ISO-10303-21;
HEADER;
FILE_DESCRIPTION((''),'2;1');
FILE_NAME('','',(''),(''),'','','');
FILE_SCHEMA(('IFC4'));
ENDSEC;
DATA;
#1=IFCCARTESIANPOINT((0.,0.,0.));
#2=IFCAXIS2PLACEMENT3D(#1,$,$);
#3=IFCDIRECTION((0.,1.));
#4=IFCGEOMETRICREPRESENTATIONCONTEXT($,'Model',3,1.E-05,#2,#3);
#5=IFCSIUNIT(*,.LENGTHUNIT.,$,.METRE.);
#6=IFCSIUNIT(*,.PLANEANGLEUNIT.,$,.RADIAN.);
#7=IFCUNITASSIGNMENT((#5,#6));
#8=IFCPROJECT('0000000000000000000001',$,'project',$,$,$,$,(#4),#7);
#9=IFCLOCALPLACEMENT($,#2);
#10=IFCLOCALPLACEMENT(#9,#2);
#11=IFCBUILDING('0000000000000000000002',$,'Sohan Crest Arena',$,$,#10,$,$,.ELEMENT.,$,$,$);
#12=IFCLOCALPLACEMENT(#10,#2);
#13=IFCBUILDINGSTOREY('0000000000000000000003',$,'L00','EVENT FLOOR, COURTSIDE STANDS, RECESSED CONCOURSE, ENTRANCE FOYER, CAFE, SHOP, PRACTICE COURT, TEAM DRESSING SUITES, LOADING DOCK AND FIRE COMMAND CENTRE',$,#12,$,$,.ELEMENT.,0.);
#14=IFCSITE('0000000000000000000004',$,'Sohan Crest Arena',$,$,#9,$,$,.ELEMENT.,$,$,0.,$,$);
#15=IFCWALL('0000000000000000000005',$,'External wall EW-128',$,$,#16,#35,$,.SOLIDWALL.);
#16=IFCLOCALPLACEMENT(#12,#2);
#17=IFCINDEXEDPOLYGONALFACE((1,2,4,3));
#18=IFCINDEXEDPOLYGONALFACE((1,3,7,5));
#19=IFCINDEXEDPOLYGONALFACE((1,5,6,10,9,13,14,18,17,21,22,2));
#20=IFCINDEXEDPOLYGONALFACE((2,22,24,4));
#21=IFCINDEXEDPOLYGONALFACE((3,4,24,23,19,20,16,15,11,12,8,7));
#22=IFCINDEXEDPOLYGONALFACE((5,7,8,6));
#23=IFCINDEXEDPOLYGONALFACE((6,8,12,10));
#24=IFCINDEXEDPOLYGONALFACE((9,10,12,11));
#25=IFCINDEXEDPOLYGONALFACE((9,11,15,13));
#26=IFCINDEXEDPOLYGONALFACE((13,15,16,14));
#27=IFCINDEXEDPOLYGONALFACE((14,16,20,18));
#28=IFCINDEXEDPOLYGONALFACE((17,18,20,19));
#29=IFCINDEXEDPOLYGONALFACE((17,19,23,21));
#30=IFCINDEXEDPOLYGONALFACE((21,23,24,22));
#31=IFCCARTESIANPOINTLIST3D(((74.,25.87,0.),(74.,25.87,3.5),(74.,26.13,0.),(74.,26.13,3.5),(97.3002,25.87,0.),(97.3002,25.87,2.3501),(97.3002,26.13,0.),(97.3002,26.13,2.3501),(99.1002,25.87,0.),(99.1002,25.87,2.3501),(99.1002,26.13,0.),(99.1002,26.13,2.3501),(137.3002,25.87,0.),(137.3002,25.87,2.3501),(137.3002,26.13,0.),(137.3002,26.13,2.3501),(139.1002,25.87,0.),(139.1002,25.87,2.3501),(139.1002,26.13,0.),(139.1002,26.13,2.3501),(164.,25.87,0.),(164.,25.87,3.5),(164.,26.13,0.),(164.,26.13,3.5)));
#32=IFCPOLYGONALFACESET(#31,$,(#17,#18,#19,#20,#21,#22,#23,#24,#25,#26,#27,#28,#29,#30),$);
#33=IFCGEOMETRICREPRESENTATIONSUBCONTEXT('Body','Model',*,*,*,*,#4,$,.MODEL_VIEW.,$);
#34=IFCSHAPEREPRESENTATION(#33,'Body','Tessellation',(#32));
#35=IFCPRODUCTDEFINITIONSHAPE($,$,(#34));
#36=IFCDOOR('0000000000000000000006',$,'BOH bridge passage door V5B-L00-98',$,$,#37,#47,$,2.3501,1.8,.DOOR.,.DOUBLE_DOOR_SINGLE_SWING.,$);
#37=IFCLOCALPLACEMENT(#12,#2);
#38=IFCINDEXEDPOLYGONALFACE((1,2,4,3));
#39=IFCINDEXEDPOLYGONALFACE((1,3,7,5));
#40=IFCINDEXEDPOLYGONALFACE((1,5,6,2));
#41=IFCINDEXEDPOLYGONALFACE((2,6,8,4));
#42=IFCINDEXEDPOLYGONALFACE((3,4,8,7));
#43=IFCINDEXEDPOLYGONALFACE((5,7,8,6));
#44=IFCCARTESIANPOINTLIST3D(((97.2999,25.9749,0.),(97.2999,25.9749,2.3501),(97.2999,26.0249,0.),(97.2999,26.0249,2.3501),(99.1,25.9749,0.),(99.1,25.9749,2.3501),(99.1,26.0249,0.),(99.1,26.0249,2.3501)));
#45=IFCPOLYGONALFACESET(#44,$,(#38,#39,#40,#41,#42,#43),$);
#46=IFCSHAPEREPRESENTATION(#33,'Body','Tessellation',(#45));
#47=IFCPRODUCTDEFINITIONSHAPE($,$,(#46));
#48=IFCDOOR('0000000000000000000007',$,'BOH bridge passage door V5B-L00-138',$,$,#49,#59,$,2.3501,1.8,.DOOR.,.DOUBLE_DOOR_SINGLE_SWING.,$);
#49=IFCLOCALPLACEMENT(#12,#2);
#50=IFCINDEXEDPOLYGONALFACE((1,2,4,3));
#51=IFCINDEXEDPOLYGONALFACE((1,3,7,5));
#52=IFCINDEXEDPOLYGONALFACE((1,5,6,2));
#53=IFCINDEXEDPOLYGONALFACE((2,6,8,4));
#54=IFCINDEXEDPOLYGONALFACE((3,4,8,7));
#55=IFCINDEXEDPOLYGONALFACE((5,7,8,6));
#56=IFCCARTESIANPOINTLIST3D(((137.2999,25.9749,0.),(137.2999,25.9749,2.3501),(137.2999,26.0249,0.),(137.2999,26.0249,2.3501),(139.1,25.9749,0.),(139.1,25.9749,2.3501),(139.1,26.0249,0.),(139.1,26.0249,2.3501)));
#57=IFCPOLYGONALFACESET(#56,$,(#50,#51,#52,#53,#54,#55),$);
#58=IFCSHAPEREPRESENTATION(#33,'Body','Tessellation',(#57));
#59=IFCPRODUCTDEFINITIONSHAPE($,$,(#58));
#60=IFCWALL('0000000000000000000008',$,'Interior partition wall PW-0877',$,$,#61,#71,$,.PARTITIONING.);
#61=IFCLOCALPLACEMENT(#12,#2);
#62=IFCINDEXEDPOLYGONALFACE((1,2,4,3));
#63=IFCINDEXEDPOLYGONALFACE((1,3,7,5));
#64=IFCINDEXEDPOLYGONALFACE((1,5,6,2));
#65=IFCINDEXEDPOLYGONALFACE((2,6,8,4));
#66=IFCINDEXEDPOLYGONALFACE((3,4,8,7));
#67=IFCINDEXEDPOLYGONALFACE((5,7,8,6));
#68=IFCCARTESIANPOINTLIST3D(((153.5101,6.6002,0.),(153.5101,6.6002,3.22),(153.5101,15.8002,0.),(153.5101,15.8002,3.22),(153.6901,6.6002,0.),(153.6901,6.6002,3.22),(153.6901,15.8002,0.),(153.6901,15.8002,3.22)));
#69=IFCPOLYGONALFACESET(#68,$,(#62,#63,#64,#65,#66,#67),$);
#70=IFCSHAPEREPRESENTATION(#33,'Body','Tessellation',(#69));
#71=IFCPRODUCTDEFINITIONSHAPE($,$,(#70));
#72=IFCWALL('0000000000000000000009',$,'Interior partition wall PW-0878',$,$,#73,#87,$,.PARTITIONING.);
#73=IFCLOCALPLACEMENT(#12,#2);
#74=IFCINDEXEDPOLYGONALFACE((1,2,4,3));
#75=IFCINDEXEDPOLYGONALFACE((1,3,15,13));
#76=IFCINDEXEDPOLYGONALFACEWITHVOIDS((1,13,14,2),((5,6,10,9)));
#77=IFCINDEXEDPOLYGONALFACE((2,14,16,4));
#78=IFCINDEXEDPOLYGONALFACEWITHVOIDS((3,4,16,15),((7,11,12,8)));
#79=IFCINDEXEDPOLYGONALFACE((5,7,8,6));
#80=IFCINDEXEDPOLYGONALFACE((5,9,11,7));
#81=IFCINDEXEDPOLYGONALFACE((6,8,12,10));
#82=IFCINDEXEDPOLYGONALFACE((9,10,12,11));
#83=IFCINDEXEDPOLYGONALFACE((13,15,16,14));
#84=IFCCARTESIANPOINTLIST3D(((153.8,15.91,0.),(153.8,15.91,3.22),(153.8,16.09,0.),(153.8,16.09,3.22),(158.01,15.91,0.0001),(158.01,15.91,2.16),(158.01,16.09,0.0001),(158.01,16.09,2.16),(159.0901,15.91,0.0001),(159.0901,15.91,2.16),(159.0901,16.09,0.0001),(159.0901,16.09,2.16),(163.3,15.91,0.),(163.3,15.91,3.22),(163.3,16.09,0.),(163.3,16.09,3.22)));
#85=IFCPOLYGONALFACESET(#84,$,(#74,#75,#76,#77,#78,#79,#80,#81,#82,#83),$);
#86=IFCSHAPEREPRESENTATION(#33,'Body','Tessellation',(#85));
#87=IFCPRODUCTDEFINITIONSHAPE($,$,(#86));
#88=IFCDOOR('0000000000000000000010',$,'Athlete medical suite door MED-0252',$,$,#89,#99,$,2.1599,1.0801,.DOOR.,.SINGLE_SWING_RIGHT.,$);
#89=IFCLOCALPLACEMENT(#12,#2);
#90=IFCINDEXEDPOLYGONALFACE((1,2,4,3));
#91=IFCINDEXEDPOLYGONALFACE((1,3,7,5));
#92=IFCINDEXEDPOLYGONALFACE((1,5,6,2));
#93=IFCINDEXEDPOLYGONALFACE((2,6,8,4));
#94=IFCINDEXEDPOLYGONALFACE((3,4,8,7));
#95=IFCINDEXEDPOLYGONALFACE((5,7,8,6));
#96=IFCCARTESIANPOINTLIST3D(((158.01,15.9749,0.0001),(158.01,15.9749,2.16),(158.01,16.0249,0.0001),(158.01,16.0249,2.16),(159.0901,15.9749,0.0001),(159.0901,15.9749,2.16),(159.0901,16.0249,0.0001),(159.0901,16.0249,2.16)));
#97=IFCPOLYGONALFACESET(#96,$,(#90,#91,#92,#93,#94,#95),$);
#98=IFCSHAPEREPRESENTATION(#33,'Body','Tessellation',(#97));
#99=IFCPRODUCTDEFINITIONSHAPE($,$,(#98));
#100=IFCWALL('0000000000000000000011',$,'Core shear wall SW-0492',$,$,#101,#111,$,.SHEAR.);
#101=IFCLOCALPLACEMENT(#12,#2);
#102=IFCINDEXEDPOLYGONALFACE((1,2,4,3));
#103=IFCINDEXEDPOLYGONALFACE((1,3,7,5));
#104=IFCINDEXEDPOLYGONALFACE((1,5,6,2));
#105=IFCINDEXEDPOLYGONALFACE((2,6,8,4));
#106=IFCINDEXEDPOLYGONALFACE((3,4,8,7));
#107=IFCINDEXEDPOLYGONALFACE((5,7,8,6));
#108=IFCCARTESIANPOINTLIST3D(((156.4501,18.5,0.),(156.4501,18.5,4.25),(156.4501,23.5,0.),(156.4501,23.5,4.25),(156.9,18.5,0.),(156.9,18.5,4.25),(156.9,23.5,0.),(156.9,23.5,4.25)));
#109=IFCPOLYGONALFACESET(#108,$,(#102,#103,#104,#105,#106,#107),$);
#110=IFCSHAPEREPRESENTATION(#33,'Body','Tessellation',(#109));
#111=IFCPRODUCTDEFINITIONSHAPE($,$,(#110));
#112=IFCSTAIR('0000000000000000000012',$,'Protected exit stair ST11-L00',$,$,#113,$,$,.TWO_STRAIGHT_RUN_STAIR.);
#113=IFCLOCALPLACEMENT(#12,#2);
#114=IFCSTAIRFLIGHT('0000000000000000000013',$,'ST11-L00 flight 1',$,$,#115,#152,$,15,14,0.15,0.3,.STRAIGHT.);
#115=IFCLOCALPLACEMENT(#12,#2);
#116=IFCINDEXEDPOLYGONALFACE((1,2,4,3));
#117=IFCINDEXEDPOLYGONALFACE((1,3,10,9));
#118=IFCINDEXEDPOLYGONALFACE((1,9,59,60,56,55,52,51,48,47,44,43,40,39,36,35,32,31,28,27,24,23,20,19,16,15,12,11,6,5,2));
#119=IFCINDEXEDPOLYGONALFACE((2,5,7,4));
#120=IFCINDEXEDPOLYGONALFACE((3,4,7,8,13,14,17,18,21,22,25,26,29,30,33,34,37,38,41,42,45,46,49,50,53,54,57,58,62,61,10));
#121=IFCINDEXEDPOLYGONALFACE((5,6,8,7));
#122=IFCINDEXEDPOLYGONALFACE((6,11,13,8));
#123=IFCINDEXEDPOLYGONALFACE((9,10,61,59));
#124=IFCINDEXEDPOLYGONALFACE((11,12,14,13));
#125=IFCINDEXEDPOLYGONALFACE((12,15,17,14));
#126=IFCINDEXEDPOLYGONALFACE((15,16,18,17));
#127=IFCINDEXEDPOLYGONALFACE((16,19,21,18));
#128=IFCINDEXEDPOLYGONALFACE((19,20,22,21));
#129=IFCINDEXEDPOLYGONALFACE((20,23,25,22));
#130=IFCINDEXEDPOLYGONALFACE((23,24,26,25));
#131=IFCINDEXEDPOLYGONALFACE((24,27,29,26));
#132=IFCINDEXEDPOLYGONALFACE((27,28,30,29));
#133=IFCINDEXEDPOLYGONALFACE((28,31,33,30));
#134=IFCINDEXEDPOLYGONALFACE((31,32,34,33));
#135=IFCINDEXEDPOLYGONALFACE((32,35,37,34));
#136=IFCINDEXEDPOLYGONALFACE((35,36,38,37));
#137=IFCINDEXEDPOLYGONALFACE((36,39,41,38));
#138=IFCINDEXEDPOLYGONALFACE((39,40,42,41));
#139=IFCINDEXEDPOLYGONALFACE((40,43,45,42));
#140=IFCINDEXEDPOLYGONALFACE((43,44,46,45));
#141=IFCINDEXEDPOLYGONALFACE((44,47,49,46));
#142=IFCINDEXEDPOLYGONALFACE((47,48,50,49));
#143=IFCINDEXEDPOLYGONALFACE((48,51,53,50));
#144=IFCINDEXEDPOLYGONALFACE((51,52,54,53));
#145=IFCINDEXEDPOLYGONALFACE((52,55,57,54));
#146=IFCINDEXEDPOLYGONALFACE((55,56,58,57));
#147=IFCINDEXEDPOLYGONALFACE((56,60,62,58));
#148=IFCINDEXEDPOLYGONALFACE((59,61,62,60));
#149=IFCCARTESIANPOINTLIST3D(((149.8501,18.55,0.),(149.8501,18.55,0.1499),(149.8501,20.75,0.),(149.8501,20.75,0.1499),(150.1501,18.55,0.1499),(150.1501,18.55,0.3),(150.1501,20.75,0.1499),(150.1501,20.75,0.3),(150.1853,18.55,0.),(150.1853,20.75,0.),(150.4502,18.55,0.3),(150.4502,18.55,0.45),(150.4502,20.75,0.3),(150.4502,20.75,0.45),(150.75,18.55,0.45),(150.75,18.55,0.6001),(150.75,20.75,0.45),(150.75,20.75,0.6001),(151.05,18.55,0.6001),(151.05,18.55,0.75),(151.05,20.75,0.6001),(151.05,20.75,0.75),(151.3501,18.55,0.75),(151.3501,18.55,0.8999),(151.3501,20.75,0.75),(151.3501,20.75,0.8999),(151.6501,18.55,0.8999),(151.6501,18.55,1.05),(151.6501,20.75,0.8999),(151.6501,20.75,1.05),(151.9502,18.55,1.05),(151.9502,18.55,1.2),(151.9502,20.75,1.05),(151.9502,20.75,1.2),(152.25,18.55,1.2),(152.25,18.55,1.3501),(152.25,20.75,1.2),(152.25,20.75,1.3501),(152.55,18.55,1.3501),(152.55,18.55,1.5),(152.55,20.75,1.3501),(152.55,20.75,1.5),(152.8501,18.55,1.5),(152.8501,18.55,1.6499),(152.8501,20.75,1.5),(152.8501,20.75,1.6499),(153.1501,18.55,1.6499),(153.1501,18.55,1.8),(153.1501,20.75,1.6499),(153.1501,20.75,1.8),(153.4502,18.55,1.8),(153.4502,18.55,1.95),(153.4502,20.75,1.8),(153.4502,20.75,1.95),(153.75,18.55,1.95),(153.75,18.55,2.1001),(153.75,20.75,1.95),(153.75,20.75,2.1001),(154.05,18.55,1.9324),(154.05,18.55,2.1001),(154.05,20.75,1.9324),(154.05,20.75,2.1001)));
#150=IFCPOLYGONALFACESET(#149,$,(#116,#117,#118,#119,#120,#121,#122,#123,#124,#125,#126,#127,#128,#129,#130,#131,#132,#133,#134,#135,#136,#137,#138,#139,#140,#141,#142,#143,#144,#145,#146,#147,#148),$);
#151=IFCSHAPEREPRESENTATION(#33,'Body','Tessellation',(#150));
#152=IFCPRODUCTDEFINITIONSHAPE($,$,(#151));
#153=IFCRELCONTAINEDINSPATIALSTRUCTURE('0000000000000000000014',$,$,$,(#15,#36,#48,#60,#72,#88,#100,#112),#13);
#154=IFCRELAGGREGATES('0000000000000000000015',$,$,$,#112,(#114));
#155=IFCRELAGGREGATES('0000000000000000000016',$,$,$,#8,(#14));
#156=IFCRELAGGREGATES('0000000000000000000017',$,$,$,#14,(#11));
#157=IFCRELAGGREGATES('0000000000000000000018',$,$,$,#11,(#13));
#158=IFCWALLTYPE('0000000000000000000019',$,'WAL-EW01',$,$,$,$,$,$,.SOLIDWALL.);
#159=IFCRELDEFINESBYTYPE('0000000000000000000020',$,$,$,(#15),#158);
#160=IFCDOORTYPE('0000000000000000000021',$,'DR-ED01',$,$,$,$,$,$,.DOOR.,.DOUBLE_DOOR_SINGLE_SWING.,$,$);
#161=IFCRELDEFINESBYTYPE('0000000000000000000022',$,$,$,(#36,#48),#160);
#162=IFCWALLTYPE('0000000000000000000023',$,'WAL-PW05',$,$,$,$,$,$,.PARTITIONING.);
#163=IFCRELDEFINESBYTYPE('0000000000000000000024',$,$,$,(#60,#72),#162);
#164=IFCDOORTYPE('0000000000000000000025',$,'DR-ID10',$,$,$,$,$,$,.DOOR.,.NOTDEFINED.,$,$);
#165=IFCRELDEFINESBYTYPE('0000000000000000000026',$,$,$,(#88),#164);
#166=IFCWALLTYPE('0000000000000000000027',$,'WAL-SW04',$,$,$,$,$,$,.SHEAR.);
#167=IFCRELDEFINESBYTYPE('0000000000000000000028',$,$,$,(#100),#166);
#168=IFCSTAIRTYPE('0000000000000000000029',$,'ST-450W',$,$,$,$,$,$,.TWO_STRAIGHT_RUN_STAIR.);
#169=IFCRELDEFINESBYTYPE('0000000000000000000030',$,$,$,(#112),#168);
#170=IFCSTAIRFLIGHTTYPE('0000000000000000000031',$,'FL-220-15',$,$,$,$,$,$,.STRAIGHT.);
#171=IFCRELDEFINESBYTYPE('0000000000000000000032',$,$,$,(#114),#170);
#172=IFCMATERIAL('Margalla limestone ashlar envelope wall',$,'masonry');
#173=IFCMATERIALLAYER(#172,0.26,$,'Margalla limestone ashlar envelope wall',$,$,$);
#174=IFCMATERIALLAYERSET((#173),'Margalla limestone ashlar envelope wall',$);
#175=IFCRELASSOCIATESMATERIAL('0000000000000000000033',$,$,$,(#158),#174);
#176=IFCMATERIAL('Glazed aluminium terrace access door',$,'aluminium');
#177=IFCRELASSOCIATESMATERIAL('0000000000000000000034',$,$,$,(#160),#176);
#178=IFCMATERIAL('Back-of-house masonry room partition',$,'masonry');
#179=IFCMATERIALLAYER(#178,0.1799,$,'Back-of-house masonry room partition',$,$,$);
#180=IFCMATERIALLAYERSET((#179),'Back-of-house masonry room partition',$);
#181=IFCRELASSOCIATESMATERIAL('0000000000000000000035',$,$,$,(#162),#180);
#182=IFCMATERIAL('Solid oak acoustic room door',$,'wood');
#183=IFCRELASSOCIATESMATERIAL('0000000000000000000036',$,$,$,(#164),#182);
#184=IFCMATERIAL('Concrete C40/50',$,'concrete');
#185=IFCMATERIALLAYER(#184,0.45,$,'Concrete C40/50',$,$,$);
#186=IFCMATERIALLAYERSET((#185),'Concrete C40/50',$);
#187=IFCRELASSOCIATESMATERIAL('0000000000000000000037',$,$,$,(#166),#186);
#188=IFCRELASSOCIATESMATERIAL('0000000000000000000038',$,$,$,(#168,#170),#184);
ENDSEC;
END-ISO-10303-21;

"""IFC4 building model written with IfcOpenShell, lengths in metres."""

from ifc_helpers import new_model, si_unit, direction, frame, frame_2d, origin, place, context, subcontext, project, spatial, polyline, rectangle, outline, extrude, material, layer, layer_set, type_object, element, fill, aggregate, save


model = new_model("IFC4")

# Units and contexts
model_context = context("Model", 3, precision=1e-05, world=origin(), true_north=direction((0.0, 1.0)))
body_context = subcontext(model_context, "Body", "Model", "MODEL_VIEW")
ifc_project = project(units=[si_unit("LENGTHUNIT", "METRE"), si_unit("PLANEANGLEUNIT", "RADIAN")], contexts=[model_context])

# Site, building, storey
site_placement = place(None, origin())
site = spatial("IfcSite", under=ifc_project, at=site_placement, Name="Sohan Crest Arena", CompositionType="ELEMENT", RefElevation=0.0)
building_placement = place(site_placement, origin())
building = spatial("IfcBuilding", under=site, at=building_placement, Name="Sohan Crest Arena", CompositionType="ELEMENT")
storey_placement = place(building_placement, origin())
storey = spatial("IfcBuildingStorey", under=building, at=storey_placement, Name="L00", Description="EVENT FLOOR, COURTSIDE STANDS, RECESSED CONCOURSE, ENTRANCE FOYER, CAFE, SHOP, PRACTICE COURT, TEAM DRESSING SUITES, LOADING DOCK AND FIRE COMMAND CENTRE", CompositionType="ELEMENT", Elevation=0.0)

# Shared definitions
ifc_material_1 = material(Name="Margalla limestone ashlar envelope wall", Category="masonry")
ifc_layer_1 = layer(ifc_material_1, 0.26, Name="Margalla limestone ashlar envelope wall")
ifc_layer_set_1 = layer_set([ifc_layer_1], Name="Margalla limestone ashlar envelope wall")
wall_type_1 = type_object("IfcWallType", Name="WAL-EW01", PredefinedType="SOLIDWALL", material=ifc_layer_set_1)

# Wall, openings, doors
wall_1_placement = place(storey_placement, frame((164.0, 26.0, 0.0), z_axis=(0.0, 0.0, 1.0), x_axis=(-1.0, 0.0, 0.0)))
wall_1 = element("IfcWall", 1, at=wall_1_placement, inside=storey, type_object=wall_type_1, Name="External wall EW-128", PredefinedType="SOLIDWALL", context=body_context, shape_type="SweptSolid", body=[
    extrude(rectangle(XDim=90.0, YDim=0.26, at=frame_2d((45.0, 0.0))), origin(), (0.0, 0.0, 1.0), 3.5),
])
opening_1_placement = place(wall_1_placement, frame((64.8999, 0.0, 0.0)))
opening_1 = element("IfcOpeningElement", 2, at=opening_1_placement, cuts=wall_1, PredefinedType="OPENING", context=body_context, shape_type="SweptSolid", body=[
    extrude(rectangle(XDim=1.8, YDim=2.3501, at=frame_2d((0.8999, 1.175))), frame((0.0, 0.1399, 0.0), z_axis=(0.0, -1.0, 0.0), x_axis=(1.0, 0.0, 0.0)), (0.0, 0.0, 1.0), 0.28),
])
opening_2_placement = place(wall_1_placement, frame((24.8999, 0.0, 0.0)))
opening_2 = element("IfcOpeningElement", 3, at=opening_2_placement, cuts=wall_1, PredefinedType="OPENING", context=body_context, shape_type="SweptSolid", body=[
    extrude(rectangle(XDim=1.8, YDim=2.3501, at=frame_2d((0.8999, 1.175))), frame((0.0, 0.1399, 0.0), z_axis=(0.0, -1.0, 0.0), x_axis=(1.0, 0.0, 0.0)), (0.0, 0.0, 1.0), 0.28),
])
ifc_material_2 = material(Name="Glazed aluminium terrace access door", Category="aluminium")
door_type_1 = type_object("IfcDoorType", Name="DR-ED01", OperationType="DOUBLE_DOOR_SINGLE_SWING", PredefinedType="DOOR", material=ifc_material_2)
door_1_placement = place(opening_1_placement, frame((1.8, 0.0, 0.0), z_axis=(0.0, 0.0, 1.0), x_axis=(-1.0, 0.0, 0.0)))
door_1 = element("IfcDoor", 4, at=door_1_placement, inside=storey, type_object=door_type_1, Name="BOH bridge passage door V5B-L00-98", OperationType="DOUBLE_DOOR_SINGLE_SWING", OverallHeight=2.3501, OverallWidth=1.8, PredefinedType="DOOR", context=body_context, shape_type="SweptSolid", body=[
    extrude(rectangle(XDim=1.8, YDim=2.3501, at=frame_2d((0.8999, 1.175))), frame((0.0, 0.0249, 0.0), z_axis=(0.0, -1.0, 0.0), x_axis=(1.0, 0.0, 0.0)), (0.0, 0.0, 1.0), 0.05),
])
fill(opening_1, door_1)
door_2_placement = place(opening_2_placement, frame((1.8, 0.0, 0.0), z_axis=(0.0, 0.0, 1.0), x_axis=(-1.0, 0.0, 0.0)))
door_2 = element("IfcDoor", 5, at=door_2_placement, inside=storey, type_object=door_type_1, Name="BOH bridge passage door V5B-L00-138", OperationType="DOUBLE_DOOR_SINGLE_SWING", OverallHeight=2.3501, OverallWidth=1.8, PredefinedType="DOOR", context=body_context, shape_type="SweptSolid", body=[
    extrude(rectangle(XDim=1.8, YDim=2.3501, at=frame_2d((0.8999, 1.175))), frame((0.0, 0.0249, 0.0), z_axis=(0.0, -1.0, 0.0), x_axis=(1.0, 0.0, 0.0)), (0.0, 0.0, 1.0), 0.05),
])
fill(opening_2, door_2)

# Wall
ifc_material_3 = material(Name="Back-of-house masonry room partition", Category="masonry")
ifc_layer_2 = layer(ifc_material_3, 0.1799, Name="Back-of-house masonry room partition")
ifc_layer_set_2 = layer_set([ifc_layer_2], Name="Back-of-house masonry room partition")
wall_type_2 = type_object("IfcWallType", Name="WAL-PW05", PredefinedType="PARTITIONING", material=ifc_layer_set_2)
wall_2_placement = place(storey_placement, frame((153.6001, 6.6001, 0.0), z_axis=(0.0, 0.0, 1.0), x_axis=(0.0, 1.0, 0.0)))
element("IfcWall", 6, at=wall_2_placement, inside=storey, type_object=wall_type_2, Name="Interior partition wall PW-0877", PredefinedType="PARTITIONING", context=body_context, shape_type="SweptSolid", body=[
    extrude(rectangle(XDim=9.2, YDim=0.1799, at=frame_2d((4.6001, 0.0))), origin(), (0.0, 0.0, 1.0), 3.22),
])

# Wall, opening, door
wall_3_placement = place(storey_placement, frame((153.8, 16.0, 0.0), z_axis=(0.0, 0.0, 1.0), x_axis=(1.0, 0.0, 0.0)))
wall_3 = element("IfcWall", 7, at=wall_3_placement, inside=storey, type_object=wall_type_2, Name="Interior partition wall PW-0878", PredefinedType="PARTITIONING", context=body_context, shape_type="SweptSolid", body=[
    extrude(rectangle(XDim=9.5, YDim=0.1799, at=frame_2d((4.75, 0.0))), origin(), (0.0, 0.0, 1.0), 3.22),
])
opening_3_placement = place(wall_3_placement, frame((4.21, 0.0, 0.0)))
opening_3 = element("IfcOpeningElement", 8, at=opening_3_placement, cuts=wall_3, PredefinedType="OPENING", context=body_context, shape_type="SweptSolid", body=[
    extrude(rectangle(XDim=1.0801, YDim=2.1599, at=frame_2d((0.54, 1.0801))), frame((0.0, 0.0999, 0.0), z_axis=(0.0, -1.0, 0.0), x_axis=(1.0, 0.0, 0.0)), (0.0, 0.0, 1.0), 0.2),
])
ifc_material_4 = material(Name="Solid oak acoustic room door", Category="wood")
door_type_2 = type_object("IfcDoorType", Name="DR-ID10", OperationType="NOTDEFINED", PredefinedType="DOOR", material=ifc_material_4)
door_3_placement = place(opening_3_placement, origin())
door_3 = element("IfcDoor", 9, at=door_3_placement, inside=storey, type_object=door_type_2, Name="Athlete medical suite door MED-0252", OperationType="SINGLE_SWING_RIGHT", OverallHeight=2.1599, OverallWidth=1.0801, PredefinedType="DOOR", context=body_context, shape_type="SweptSolid", body=[
    extrude(rectangle(XDim=1.0801, YDim=2.1599, at=frame_2d((0.54, 1.0801))), frame((0.0, 0.0249, 0.0), z_axis=(0.0, -1.0, 0.0), x_axis=(1.0, 0.0, 0.0)), (0.0, 0.0, 1.0), 0.05),
])
fill(opening_3, door_3)

# Wall
ifc_material_5 = material(Name="Concrete C40/50", Category="concrete")
ifc_layer_3 = layer(ifc_material_5, 0.45, Name="Concrete C40/50")
ifc_layer_set_3 = layer_set([ifc_layer_3], Name="Concrete C40/50")
wall_type_3 = type_object("IfcWallType", Name="WAL-SW04", PredefinedType="SHEAR", material=ifc_layer_set_3)
wall_4_placement = place(storey_placement, frame((156.675, 18.5, 0.0), z_axis=(0.0, 0.0, 1.0), x_axis=(0.0, 1.0, 0.0)))
element("IfcWall", 10, at=wall_4_placement, inside=storey, type_object=wall_type_3, Name="Core shear wall SW-0492", PredefinedType="SHEAR", context=body_context, shape_type="SweptSolid", body=[
    extrude(rectangle(XDim=5.0, YDim=0.45, at=frame_2d((2.5, 0.0))), origin(), (0.0, 0.0, 1.0), 4.25),
])

# Stair, stair flight
stair_type = type_object("IfcStairType", Name="ST-450W", PredefinedType="TWO_STRAIGHT_RUN_STAIR", material=ifc_material_5)
stair_placement = place(storey_placement, origin())
stair = element("IfcStair", 11, at=stair_placement, inside=storey, type_object=stair_type, Name="Protected exit stair ST11-L00", PredefinedType="TWO_STRAIGHT_RUN_STAIR")
stair_flight_type = type_object("IfcStairFlightType", Name="FL-220-15", PredefinedType="STRAIGHT", material=ifc_material_5)
stair_flight_1_placement = place(storey_placement, frame((149.8501, 19.6499, 0.0), z_axis=(0.0, 0.0, 1.0), x_axis=(1.0, 0.0, 0.0)))
stair_flight_1 = element("IfcStairFlight", 12, at=stair_flight_1_placement, type_object=stair_flight_type, Name="ST11-L00 flight 1", NumberOfRisers=15, NumberOfTreads=14, PredefinedType="STRAIGHT", RiserHeight=0.15, TreadLength=0.3, context=body_context, shape_type="SweptSolid", body=[
    extrude(outline(polyline([(0.0, 0.0), (0.0, 0.1499), (0.3, 0.1499), (0.3, 0.3), (0.6001, 0.3), (0.6001, 0.45), (0.8999, 0.45), (0.8999, 0.6001), (1.2, 0.6001), (1.2, 0.75), (1.5, 0.75), (1.5, 0.8999), (1.8, 0.8999), (1.8, 1.05), (2.1001, 1.05), (2.1001, 1.2), (2.3999, 1.2), (2.3999, 1.3501), (2.7, 1.3501), (2.7, 1.5), (3.0, 1.5), (3.0, 1.6499), (3.3, 1.6499), (3.3, 1.8), (3.6001, 1.8), (3.6001, 1.95), (3.8999, 1.95), (3.8999, 2.1001), (4.2, 2.1001), (4.2, 2.25), (4.2, 1.9324), (0.3352, 0.0), (0.0, 0.0)])), frame((0.0, 1.1001, 0.0), z_axis=(0.0, -1.0, 0.0), x_axis=(1.0, 0.0, 0.0)), (0.0, 0.0, 1.0), 2.2),
])
aggregate(stair, [stair_flight_1])

save(model, "model.ifc")
